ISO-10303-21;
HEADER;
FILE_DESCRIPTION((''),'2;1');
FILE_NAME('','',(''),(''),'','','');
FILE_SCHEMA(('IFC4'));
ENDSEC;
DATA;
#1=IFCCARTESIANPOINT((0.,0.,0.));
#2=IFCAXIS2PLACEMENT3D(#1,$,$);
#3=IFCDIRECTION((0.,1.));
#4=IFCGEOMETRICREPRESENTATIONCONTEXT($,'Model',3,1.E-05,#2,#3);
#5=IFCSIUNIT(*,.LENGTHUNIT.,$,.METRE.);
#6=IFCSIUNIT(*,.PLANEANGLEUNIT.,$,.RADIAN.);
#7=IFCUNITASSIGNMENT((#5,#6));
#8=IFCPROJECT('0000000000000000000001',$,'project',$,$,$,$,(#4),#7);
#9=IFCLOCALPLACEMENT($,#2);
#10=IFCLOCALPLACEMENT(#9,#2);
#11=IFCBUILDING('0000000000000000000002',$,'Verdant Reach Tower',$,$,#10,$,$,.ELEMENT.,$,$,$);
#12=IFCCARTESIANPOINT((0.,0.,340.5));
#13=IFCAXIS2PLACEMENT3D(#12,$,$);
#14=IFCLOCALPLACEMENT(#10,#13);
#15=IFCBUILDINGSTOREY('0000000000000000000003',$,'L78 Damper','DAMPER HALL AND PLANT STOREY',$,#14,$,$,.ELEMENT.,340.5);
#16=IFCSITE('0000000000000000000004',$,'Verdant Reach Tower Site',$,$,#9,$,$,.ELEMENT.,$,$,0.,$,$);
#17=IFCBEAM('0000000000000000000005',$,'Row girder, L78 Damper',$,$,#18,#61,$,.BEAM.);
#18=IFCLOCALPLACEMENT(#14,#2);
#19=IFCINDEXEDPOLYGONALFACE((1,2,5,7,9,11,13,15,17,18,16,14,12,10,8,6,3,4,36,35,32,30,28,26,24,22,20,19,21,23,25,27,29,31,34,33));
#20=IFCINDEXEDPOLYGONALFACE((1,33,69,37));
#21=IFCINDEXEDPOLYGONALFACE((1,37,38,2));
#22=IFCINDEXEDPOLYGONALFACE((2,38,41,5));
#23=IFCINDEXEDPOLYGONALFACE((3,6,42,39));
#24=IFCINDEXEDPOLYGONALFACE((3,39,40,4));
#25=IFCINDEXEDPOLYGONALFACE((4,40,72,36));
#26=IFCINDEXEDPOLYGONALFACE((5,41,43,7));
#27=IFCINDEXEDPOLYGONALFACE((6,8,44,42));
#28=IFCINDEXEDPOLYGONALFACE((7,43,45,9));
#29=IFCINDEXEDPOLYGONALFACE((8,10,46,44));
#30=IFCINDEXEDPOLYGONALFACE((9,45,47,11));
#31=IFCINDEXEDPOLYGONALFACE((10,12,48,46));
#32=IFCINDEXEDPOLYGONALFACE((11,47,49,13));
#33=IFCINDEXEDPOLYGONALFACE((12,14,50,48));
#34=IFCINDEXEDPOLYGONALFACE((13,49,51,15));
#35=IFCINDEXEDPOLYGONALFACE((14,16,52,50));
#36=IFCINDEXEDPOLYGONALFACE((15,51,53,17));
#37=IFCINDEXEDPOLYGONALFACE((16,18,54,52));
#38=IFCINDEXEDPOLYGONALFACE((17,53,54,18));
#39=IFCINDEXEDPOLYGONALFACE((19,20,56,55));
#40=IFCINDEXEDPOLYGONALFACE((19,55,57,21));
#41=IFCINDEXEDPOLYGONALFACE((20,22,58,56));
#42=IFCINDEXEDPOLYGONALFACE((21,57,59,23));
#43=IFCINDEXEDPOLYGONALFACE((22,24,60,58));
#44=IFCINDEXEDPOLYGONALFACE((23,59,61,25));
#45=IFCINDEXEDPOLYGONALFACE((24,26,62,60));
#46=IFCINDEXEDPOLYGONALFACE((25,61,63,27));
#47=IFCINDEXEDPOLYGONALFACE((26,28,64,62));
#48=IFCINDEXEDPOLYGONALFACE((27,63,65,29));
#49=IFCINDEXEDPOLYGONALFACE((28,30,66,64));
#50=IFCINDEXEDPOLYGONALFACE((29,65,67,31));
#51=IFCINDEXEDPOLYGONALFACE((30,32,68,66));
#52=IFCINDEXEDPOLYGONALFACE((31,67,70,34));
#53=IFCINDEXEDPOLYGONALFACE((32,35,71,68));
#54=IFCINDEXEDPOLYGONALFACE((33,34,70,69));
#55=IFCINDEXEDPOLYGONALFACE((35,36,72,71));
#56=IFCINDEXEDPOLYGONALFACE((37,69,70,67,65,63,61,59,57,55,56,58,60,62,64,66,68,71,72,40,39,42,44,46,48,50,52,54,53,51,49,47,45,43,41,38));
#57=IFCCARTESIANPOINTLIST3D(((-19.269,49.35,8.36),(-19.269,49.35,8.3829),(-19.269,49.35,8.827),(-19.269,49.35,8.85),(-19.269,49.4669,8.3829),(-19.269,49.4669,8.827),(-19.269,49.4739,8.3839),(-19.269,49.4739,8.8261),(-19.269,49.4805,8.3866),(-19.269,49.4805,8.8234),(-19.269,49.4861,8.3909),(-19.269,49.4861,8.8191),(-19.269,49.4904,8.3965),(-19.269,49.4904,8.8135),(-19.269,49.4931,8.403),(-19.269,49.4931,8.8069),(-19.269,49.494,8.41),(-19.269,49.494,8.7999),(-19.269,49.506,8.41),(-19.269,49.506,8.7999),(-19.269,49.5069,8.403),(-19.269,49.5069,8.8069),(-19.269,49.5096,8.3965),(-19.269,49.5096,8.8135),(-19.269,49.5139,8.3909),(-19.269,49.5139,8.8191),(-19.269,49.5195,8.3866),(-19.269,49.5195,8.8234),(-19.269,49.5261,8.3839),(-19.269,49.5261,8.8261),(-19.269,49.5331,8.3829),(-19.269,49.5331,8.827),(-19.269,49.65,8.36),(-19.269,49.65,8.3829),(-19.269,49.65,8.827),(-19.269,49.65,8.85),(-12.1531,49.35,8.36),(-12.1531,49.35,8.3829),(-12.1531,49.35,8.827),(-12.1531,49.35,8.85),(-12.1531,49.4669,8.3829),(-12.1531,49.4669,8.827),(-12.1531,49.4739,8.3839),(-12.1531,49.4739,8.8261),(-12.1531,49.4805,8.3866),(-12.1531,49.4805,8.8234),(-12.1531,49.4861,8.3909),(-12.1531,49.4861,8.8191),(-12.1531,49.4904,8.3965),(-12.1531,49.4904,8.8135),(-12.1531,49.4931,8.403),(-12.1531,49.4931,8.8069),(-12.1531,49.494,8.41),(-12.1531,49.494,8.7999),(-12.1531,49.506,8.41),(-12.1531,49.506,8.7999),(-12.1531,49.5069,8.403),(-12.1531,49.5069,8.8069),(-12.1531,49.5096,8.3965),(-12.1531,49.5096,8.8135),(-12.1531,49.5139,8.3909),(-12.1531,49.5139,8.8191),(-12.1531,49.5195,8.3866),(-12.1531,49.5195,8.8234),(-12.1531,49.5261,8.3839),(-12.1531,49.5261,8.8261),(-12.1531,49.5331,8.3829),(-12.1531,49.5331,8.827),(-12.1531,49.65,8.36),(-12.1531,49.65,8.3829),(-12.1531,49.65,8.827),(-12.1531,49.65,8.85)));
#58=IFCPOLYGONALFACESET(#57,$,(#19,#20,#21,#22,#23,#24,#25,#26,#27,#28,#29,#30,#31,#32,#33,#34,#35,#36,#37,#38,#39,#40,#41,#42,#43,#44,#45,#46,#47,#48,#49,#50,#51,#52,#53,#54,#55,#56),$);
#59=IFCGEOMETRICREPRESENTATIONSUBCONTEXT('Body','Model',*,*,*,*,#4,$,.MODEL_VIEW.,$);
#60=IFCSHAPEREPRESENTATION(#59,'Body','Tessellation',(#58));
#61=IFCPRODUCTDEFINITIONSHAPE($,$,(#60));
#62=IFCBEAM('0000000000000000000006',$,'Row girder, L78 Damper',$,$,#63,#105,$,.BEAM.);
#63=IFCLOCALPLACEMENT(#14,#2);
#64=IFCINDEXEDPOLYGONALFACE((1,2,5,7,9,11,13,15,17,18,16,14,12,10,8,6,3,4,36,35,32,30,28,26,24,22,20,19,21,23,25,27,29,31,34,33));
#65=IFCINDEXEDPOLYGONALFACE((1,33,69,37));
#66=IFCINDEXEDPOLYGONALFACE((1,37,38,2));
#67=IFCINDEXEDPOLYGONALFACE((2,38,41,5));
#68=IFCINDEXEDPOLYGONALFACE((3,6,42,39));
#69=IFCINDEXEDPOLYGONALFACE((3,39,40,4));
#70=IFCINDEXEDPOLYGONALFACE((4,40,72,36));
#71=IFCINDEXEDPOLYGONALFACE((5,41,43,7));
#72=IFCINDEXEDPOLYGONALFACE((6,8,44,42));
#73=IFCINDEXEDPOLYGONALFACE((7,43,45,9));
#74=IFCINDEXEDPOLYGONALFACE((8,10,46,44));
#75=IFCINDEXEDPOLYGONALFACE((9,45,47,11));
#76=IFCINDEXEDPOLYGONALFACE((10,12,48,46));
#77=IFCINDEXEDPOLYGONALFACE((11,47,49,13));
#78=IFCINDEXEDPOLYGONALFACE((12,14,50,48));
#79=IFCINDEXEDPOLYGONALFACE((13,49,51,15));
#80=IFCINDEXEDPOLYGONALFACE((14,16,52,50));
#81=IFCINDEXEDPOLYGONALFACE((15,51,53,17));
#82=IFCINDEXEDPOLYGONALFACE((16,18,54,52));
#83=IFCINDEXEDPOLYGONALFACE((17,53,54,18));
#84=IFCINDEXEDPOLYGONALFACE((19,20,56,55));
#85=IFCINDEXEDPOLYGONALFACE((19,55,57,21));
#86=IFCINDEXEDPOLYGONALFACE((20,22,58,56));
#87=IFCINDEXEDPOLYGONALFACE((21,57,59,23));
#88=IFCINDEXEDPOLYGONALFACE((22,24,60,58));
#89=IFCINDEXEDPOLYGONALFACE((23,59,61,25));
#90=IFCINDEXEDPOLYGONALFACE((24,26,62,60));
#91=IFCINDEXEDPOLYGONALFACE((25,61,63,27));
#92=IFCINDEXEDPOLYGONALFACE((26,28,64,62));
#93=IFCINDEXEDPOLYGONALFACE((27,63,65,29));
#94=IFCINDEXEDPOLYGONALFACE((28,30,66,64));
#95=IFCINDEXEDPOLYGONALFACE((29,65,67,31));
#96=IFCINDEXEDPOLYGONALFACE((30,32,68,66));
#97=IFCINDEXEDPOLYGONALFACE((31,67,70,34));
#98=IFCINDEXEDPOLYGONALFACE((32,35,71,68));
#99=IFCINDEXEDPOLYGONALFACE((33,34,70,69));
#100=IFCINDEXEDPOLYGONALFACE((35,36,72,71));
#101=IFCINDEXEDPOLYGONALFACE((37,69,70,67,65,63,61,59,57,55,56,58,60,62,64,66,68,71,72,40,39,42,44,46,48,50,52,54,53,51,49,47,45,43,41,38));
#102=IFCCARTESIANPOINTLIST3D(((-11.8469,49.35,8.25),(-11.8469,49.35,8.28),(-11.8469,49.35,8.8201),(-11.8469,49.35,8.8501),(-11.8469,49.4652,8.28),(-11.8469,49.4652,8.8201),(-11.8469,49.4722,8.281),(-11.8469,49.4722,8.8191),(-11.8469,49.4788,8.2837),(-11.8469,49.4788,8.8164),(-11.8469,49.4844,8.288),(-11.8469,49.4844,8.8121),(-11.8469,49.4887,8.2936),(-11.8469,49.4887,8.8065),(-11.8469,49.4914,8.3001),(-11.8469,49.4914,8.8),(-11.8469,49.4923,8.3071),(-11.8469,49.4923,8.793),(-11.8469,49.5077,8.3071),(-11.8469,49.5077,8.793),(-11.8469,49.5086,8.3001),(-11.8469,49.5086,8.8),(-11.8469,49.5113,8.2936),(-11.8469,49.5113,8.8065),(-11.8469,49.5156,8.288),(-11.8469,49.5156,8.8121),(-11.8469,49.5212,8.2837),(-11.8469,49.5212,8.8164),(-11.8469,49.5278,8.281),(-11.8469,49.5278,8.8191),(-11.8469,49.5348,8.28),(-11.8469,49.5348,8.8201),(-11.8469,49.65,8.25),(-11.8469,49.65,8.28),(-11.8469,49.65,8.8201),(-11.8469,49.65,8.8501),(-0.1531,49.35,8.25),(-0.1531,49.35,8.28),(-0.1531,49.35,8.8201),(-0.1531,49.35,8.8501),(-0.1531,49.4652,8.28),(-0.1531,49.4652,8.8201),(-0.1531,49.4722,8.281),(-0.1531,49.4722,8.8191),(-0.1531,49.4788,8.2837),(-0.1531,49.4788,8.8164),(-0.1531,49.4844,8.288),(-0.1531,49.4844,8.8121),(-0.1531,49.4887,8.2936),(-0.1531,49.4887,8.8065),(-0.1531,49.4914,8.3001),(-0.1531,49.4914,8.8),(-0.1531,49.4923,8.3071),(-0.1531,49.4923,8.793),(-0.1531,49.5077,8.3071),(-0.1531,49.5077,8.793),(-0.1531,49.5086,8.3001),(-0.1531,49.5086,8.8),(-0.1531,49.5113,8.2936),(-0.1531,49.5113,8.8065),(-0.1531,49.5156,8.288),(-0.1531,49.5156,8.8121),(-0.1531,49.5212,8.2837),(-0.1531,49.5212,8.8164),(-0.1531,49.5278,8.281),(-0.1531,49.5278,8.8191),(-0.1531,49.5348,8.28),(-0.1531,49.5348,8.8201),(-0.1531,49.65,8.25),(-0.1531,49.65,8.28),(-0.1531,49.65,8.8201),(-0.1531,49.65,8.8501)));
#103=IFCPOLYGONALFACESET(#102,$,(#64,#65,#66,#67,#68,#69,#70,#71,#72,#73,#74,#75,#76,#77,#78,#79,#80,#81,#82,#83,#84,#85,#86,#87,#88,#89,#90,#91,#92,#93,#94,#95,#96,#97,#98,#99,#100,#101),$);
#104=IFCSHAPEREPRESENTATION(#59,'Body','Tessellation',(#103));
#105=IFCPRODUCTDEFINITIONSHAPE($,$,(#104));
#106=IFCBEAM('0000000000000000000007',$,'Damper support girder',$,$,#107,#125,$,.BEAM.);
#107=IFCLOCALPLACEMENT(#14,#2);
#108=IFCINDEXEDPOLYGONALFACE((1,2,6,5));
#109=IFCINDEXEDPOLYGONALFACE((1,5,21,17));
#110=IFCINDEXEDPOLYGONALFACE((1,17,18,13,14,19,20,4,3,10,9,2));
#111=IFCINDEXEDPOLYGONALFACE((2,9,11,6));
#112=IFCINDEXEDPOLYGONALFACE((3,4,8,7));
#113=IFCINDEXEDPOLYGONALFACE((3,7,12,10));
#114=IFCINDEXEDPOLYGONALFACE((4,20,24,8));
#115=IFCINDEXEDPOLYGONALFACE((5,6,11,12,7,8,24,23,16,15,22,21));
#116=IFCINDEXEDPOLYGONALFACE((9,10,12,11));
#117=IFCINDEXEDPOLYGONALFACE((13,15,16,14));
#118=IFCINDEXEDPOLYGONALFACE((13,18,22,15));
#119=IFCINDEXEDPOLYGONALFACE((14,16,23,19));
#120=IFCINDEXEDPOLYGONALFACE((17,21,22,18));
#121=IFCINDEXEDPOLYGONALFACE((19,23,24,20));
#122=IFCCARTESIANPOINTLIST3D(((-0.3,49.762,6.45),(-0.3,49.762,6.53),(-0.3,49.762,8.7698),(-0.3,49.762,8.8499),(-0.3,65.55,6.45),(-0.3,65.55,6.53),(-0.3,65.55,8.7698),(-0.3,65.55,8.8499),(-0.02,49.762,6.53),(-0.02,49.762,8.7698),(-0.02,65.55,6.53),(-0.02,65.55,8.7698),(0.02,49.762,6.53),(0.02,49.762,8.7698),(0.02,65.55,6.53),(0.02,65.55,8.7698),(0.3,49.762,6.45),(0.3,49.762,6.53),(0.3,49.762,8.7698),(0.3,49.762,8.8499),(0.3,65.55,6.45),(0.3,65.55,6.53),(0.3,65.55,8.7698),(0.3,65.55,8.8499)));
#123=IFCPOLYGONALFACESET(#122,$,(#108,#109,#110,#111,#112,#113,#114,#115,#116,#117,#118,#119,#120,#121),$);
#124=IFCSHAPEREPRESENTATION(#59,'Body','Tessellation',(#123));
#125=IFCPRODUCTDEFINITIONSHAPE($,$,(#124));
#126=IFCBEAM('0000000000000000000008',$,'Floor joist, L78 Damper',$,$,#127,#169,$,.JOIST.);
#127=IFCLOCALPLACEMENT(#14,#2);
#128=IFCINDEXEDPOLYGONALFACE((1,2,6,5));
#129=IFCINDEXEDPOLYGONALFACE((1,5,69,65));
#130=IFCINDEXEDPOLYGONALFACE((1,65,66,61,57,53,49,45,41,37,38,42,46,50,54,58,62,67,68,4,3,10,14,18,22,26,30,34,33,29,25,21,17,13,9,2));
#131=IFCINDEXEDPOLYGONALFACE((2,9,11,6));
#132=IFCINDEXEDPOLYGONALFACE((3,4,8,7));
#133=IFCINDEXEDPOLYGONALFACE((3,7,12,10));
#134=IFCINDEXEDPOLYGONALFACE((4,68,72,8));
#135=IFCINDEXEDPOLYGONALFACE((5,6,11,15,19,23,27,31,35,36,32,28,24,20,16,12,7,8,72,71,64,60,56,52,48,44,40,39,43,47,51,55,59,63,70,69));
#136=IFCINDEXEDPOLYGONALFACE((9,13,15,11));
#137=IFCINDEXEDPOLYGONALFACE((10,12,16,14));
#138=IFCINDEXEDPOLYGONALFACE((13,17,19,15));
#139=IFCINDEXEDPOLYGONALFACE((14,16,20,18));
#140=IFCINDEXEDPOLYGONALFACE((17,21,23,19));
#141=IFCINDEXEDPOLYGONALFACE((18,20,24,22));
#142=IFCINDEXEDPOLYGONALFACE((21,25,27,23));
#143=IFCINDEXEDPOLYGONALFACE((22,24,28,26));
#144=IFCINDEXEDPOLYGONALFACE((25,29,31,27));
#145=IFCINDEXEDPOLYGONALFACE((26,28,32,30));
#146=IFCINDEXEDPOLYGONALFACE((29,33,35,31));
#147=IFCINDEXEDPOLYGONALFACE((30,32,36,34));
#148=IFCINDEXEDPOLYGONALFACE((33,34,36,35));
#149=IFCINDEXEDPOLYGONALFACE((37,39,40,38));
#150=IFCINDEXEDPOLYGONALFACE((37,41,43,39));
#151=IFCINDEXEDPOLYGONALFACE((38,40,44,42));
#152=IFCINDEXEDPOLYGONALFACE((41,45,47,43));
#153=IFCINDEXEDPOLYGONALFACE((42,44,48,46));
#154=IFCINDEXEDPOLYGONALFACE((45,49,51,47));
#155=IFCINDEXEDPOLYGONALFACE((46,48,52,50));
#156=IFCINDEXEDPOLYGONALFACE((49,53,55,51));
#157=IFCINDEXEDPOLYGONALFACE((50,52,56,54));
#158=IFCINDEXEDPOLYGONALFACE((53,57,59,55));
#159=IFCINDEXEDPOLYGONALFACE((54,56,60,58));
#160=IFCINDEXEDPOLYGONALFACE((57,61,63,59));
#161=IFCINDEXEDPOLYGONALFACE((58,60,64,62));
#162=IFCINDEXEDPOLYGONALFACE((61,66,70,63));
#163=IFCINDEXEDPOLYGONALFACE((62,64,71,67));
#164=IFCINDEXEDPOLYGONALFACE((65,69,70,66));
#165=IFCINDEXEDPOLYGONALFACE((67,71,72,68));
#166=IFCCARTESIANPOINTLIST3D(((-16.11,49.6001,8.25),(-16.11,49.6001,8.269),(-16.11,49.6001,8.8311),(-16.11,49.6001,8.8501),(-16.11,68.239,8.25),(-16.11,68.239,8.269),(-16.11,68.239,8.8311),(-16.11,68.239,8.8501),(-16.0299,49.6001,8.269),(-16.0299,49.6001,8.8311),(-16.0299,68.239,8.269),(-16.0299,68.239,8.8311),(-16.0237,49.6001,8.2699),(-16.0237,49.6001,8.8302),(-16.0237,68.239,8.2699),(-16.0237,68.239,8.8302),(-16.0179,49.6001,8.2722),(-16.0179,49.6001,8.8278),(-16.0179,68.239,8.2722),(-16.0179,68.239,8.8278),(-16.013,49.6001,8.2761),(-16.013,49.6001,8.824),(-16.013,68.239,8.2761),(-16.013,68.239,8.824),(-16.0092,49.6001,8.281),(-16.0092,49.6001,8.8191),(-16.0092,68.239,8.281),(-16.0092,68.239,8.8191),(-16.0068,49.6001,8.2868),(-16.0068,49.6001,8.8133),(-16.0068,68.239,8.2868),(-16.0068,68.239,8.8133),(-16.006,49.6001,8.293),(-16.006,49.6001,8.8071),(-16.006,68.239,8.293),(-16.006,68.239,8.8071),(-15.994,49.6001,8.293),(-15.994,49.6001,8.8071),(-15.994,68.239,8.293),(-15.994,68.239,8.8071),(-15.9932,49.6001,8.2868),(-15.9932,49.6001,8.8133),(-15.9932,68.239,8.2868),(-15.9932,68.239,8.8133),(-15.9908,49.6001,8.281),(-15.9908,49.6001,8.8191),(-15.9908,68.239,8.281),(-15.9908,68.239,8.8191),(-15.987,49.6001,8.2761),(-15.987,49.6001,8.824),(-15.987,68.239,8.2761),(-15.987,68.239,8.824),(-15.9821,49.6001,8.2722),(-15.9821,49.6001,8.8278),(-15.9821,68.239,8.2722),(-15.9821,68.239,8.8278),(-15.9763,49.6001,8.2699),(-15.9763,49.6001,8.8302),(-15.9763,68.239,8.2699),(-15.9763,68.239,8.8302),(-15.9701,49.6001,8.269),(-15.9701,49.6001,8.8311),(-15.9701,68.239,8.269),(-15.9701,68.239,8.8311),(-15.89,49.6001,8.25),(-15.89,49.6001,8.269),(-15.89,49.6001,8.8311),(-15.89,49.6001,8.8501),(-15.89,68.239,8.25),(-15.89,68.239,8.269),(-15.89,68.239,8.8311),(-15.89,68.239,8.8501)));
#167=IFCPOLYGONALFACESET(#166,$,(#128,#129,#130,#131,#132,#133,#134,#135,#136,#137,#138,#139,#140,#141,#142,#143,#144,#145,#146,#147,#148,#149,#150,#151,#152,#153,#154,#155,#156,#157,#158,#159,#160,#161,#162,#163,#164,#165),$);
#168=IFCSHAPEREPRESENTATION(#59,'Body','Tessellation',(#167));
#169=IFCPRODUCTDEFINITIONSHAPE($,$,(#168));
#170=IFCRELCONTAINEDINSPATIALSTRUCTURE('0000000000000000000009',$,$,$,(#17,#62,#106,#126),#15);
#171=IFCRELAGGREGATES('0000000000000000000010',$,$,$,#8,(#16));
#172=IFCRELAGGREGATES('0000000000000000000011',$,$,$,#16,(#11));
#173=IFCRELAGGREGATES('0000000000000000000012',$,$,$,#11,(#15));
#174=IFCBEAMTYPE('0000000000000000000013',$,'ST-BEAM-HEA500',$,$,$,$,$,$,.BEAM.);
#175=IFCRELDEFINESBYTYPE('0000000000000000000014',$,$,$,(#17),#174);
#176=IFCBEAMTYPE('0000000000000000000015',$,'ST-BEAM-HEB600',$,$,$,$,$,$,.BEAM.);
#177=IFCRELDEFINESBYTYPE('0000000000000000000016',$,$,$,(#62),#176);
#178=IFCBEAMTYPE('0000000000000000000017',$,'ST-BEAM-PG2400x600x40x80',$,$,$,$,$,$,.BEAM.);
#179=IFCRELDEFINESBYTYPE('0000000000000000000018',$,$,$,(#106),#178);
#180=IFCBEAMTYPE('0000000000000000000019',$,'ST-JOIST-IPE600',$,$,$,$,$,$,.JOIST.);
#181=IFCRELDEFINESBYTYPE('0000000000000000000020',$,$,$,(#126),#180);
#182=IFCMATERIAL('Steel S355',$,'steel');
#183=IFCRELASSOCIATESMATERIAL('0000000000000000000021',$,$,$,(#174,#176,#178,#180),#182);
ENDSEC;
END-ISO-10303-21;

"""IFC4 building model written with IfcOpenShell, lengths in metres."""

from ifc_helpers import new_model, si_unit, direction, frame, origin, origin_2d, place, context, subcontext, project, spatial, i_section, extrude, material, material_profile, profile_set, type_object, element, save


model = new_model("IFC4")

# Units and contexts
model_context = context("Model", 3, precision=1e-05, world=origin(), true_north=direction((0.0, 1.0)))
body_context = subcontext(model_context, "Body", "Model", "MODEL_VIEW")
ifc_project = project(units=[si_unit("LENGTHUNIT", "METRE"), si_unit("PLANEANGLEUNIT", "RADIAN")], contexts=[model_context])

# Site, building, storey
site_placement = place(None, origin())
site = spatial("IfcSite", under=ifc_project, at=site_placement, Name="Verdant Reach Tower Site", CompositionType="ELEMENT", RefElevation=0.0)
building_placement = place(site_placement, origin())
building = spatial("IfcBuilding", under=site, at=building_placement, Name="Verdant Reach Tower", CompositionType="ELEMENT")
storey_placement = place(building_placement, frame((0.0, 0.0, 340.5)))
storey = spatial("IfcBuildingStorey", under=building, at=storey_placement, Name="L78 Damper", Description="DAMPER HALL AND PLANT STOREY", CompositionType="ELEMENT", Elevation=340.5)

# Beams
ifc_material_1 = material(Name="Steel S355", Category="steel")
ifc_material_profile_1 = material_profile(ifc_material_1, i_section(OverallWidth=0.3, OverallDepth=0.49, WebThickness=0.012, FlangeThickness=0.0229, FilletRadius=0.0271, at=origin_2d()), Name="HEA 500")
ifc_profile_set_1 = profile_set([ifc_material_profile_1], Name="Steel S355")
beam_type_1 = type_object("IfcBeamType", Name="ST-BEAM-HEA500", PredefinedType="BEAM", material=ifc_profile_set_1)
beam_1_placement = place(storey_placement, frame((-19.269, 49.5, 8.605), z_axis=(1.0, 0.0, 0.0), x_axis=(0.0, 1.0, 0.0)))
element("IfcBeam", 1, at=beam_1_placement, inside=storey, type_object=beam_type_1, Name="Row girder, L78 Damper", PredefinedType="BEAM", context=body_context, shape_type="SweptSolid", body=[
    extrude(i_section(OverallWidth=0.3, OverallDepth=0.49, WebThickness=0.012, FlangeThickness=0.0229, FilletRadius=0.0271, at=origin_2d()), origin(), (0.0, 0.0, 1.0), 7.116),
])
ifc_material_profile_2 = material_profile(ifc_material_1, i_section(OverallWidth=0.3, OverallDepth=0.6001, WebThickness=0.0154, FlangeThickness=0.03, FilletRadius=0.0271, at=origin_2d()), Name="HEB 600")
ifc_profile_set_2 = profile_set([ifc_material_profile_2], Name="Steel S355")
beam_type_2 = type_object("IfcBeamType", Name="ST-BEAM-HEB600", PredefinedType="BEAM", material=ifc_profile_set_2)
beam_2_placement = place(storey_placement, frame((-11.8469, 49.5, 8.55), z_axis=(1.0, 0.0, 0.0), x_axis=(0.0, 1.0, 0.0)))
element("IfcBeam", 2, at=beam_2_placement, inside=storey, type_object=beam_type_2, Name="Row girder, L78 Damper", PredefinedType="BEAM", context=body_context, shape_type="SweptSolid", body=[
    extrude(i_section(OverallWidth=0.3, OverallDepth=0.6001, WebThickness=0.0154, FlangeThickness=0.03, FilletRadius=0.0271, at=origin_2d()), origin(), (0.0, 0.0, 1.0), 11.6938),
])
ifc_material_profile_3 = material_profile(ifc_material_1, i_section(OverallWidth=0.6001, OverallDepth=2.3999, WebThickness=0.04, FlangeThickness=0.0801, at=origin_2d()), Name="PG 2400x600x40x80")
ifc_profile_set_3 = profile_set([ifc_material_profile_3], Name="Steel S355")
beam_type_3 = type_object("IfcBeamType", Name="ST-BEAM-PG2400x600x40x80", PredefinedType="BEAM", material=ifc_profile_set_3)
beam_3_placement = place(storey_placement, frame((0.0, 49.762, 7.6499), z_axis=(0.0, 1.0, 0.0), x_axis=(-1.0, 0.0, 0.0)))
element("IfcBeam", 3, at=beam_3_placement, inside=storey, type_object=beam_type_3, Name="Damper support girder", PredefinedType="BEAM", context=body_context, shape_type="SweptSolid", body=[
    extrude(i_section(OverallWidth=0.6001, OverallDepth=2.3999, WebThickness=0.04, FlangeThickness=0.0801, at=origin_2d()), origin(), (0.0, 0.0, 1.0), 15.7881),
])
ifc_material_profile_4 = material_profile(ifc_material_1, i_section(OverallWidth=0.22, OverallDepth=0.6001, WebThickness=0.012, FlangeThickness=0.019, FilletRadius=0.0239, at=origin_2d()), Name="IPE 600")
ifc_profile_set_4 = profile_set([ifc_material_profile_4], Name="Steel S355")
beam_type_4 = type_object("IfcBeamType", Name="ST-JOIST-IPE600", PredefinedType="JOIST", material=ifc_profile_set_4)
beam_4_placement = place(storey_placement, frame((-16.0, 49.6001, 8.55), z_axis=(0.0, 1.0, 0.0), x_axis=(-1.0, 0.0, 0.0)))
element("IfcBeam", 4, at=beam_4_placement, inside=storey, type_object=beam_type_4, Name="Floor joist, L78 Damper", PredefinedType="JOIST", context=body_context, shape_type="SweptSolid", body=[
    extrude(i_section(OverallWidth=0.22, OverallDepth=0.6001, WebThickness=0.012, FlangeThickness=0.019, FilletRadius=0.0239, at=origin_2d()), origin(), (0.0, 0.0, 1.0), 18.6389),
])

save(model, "model.ifc")
